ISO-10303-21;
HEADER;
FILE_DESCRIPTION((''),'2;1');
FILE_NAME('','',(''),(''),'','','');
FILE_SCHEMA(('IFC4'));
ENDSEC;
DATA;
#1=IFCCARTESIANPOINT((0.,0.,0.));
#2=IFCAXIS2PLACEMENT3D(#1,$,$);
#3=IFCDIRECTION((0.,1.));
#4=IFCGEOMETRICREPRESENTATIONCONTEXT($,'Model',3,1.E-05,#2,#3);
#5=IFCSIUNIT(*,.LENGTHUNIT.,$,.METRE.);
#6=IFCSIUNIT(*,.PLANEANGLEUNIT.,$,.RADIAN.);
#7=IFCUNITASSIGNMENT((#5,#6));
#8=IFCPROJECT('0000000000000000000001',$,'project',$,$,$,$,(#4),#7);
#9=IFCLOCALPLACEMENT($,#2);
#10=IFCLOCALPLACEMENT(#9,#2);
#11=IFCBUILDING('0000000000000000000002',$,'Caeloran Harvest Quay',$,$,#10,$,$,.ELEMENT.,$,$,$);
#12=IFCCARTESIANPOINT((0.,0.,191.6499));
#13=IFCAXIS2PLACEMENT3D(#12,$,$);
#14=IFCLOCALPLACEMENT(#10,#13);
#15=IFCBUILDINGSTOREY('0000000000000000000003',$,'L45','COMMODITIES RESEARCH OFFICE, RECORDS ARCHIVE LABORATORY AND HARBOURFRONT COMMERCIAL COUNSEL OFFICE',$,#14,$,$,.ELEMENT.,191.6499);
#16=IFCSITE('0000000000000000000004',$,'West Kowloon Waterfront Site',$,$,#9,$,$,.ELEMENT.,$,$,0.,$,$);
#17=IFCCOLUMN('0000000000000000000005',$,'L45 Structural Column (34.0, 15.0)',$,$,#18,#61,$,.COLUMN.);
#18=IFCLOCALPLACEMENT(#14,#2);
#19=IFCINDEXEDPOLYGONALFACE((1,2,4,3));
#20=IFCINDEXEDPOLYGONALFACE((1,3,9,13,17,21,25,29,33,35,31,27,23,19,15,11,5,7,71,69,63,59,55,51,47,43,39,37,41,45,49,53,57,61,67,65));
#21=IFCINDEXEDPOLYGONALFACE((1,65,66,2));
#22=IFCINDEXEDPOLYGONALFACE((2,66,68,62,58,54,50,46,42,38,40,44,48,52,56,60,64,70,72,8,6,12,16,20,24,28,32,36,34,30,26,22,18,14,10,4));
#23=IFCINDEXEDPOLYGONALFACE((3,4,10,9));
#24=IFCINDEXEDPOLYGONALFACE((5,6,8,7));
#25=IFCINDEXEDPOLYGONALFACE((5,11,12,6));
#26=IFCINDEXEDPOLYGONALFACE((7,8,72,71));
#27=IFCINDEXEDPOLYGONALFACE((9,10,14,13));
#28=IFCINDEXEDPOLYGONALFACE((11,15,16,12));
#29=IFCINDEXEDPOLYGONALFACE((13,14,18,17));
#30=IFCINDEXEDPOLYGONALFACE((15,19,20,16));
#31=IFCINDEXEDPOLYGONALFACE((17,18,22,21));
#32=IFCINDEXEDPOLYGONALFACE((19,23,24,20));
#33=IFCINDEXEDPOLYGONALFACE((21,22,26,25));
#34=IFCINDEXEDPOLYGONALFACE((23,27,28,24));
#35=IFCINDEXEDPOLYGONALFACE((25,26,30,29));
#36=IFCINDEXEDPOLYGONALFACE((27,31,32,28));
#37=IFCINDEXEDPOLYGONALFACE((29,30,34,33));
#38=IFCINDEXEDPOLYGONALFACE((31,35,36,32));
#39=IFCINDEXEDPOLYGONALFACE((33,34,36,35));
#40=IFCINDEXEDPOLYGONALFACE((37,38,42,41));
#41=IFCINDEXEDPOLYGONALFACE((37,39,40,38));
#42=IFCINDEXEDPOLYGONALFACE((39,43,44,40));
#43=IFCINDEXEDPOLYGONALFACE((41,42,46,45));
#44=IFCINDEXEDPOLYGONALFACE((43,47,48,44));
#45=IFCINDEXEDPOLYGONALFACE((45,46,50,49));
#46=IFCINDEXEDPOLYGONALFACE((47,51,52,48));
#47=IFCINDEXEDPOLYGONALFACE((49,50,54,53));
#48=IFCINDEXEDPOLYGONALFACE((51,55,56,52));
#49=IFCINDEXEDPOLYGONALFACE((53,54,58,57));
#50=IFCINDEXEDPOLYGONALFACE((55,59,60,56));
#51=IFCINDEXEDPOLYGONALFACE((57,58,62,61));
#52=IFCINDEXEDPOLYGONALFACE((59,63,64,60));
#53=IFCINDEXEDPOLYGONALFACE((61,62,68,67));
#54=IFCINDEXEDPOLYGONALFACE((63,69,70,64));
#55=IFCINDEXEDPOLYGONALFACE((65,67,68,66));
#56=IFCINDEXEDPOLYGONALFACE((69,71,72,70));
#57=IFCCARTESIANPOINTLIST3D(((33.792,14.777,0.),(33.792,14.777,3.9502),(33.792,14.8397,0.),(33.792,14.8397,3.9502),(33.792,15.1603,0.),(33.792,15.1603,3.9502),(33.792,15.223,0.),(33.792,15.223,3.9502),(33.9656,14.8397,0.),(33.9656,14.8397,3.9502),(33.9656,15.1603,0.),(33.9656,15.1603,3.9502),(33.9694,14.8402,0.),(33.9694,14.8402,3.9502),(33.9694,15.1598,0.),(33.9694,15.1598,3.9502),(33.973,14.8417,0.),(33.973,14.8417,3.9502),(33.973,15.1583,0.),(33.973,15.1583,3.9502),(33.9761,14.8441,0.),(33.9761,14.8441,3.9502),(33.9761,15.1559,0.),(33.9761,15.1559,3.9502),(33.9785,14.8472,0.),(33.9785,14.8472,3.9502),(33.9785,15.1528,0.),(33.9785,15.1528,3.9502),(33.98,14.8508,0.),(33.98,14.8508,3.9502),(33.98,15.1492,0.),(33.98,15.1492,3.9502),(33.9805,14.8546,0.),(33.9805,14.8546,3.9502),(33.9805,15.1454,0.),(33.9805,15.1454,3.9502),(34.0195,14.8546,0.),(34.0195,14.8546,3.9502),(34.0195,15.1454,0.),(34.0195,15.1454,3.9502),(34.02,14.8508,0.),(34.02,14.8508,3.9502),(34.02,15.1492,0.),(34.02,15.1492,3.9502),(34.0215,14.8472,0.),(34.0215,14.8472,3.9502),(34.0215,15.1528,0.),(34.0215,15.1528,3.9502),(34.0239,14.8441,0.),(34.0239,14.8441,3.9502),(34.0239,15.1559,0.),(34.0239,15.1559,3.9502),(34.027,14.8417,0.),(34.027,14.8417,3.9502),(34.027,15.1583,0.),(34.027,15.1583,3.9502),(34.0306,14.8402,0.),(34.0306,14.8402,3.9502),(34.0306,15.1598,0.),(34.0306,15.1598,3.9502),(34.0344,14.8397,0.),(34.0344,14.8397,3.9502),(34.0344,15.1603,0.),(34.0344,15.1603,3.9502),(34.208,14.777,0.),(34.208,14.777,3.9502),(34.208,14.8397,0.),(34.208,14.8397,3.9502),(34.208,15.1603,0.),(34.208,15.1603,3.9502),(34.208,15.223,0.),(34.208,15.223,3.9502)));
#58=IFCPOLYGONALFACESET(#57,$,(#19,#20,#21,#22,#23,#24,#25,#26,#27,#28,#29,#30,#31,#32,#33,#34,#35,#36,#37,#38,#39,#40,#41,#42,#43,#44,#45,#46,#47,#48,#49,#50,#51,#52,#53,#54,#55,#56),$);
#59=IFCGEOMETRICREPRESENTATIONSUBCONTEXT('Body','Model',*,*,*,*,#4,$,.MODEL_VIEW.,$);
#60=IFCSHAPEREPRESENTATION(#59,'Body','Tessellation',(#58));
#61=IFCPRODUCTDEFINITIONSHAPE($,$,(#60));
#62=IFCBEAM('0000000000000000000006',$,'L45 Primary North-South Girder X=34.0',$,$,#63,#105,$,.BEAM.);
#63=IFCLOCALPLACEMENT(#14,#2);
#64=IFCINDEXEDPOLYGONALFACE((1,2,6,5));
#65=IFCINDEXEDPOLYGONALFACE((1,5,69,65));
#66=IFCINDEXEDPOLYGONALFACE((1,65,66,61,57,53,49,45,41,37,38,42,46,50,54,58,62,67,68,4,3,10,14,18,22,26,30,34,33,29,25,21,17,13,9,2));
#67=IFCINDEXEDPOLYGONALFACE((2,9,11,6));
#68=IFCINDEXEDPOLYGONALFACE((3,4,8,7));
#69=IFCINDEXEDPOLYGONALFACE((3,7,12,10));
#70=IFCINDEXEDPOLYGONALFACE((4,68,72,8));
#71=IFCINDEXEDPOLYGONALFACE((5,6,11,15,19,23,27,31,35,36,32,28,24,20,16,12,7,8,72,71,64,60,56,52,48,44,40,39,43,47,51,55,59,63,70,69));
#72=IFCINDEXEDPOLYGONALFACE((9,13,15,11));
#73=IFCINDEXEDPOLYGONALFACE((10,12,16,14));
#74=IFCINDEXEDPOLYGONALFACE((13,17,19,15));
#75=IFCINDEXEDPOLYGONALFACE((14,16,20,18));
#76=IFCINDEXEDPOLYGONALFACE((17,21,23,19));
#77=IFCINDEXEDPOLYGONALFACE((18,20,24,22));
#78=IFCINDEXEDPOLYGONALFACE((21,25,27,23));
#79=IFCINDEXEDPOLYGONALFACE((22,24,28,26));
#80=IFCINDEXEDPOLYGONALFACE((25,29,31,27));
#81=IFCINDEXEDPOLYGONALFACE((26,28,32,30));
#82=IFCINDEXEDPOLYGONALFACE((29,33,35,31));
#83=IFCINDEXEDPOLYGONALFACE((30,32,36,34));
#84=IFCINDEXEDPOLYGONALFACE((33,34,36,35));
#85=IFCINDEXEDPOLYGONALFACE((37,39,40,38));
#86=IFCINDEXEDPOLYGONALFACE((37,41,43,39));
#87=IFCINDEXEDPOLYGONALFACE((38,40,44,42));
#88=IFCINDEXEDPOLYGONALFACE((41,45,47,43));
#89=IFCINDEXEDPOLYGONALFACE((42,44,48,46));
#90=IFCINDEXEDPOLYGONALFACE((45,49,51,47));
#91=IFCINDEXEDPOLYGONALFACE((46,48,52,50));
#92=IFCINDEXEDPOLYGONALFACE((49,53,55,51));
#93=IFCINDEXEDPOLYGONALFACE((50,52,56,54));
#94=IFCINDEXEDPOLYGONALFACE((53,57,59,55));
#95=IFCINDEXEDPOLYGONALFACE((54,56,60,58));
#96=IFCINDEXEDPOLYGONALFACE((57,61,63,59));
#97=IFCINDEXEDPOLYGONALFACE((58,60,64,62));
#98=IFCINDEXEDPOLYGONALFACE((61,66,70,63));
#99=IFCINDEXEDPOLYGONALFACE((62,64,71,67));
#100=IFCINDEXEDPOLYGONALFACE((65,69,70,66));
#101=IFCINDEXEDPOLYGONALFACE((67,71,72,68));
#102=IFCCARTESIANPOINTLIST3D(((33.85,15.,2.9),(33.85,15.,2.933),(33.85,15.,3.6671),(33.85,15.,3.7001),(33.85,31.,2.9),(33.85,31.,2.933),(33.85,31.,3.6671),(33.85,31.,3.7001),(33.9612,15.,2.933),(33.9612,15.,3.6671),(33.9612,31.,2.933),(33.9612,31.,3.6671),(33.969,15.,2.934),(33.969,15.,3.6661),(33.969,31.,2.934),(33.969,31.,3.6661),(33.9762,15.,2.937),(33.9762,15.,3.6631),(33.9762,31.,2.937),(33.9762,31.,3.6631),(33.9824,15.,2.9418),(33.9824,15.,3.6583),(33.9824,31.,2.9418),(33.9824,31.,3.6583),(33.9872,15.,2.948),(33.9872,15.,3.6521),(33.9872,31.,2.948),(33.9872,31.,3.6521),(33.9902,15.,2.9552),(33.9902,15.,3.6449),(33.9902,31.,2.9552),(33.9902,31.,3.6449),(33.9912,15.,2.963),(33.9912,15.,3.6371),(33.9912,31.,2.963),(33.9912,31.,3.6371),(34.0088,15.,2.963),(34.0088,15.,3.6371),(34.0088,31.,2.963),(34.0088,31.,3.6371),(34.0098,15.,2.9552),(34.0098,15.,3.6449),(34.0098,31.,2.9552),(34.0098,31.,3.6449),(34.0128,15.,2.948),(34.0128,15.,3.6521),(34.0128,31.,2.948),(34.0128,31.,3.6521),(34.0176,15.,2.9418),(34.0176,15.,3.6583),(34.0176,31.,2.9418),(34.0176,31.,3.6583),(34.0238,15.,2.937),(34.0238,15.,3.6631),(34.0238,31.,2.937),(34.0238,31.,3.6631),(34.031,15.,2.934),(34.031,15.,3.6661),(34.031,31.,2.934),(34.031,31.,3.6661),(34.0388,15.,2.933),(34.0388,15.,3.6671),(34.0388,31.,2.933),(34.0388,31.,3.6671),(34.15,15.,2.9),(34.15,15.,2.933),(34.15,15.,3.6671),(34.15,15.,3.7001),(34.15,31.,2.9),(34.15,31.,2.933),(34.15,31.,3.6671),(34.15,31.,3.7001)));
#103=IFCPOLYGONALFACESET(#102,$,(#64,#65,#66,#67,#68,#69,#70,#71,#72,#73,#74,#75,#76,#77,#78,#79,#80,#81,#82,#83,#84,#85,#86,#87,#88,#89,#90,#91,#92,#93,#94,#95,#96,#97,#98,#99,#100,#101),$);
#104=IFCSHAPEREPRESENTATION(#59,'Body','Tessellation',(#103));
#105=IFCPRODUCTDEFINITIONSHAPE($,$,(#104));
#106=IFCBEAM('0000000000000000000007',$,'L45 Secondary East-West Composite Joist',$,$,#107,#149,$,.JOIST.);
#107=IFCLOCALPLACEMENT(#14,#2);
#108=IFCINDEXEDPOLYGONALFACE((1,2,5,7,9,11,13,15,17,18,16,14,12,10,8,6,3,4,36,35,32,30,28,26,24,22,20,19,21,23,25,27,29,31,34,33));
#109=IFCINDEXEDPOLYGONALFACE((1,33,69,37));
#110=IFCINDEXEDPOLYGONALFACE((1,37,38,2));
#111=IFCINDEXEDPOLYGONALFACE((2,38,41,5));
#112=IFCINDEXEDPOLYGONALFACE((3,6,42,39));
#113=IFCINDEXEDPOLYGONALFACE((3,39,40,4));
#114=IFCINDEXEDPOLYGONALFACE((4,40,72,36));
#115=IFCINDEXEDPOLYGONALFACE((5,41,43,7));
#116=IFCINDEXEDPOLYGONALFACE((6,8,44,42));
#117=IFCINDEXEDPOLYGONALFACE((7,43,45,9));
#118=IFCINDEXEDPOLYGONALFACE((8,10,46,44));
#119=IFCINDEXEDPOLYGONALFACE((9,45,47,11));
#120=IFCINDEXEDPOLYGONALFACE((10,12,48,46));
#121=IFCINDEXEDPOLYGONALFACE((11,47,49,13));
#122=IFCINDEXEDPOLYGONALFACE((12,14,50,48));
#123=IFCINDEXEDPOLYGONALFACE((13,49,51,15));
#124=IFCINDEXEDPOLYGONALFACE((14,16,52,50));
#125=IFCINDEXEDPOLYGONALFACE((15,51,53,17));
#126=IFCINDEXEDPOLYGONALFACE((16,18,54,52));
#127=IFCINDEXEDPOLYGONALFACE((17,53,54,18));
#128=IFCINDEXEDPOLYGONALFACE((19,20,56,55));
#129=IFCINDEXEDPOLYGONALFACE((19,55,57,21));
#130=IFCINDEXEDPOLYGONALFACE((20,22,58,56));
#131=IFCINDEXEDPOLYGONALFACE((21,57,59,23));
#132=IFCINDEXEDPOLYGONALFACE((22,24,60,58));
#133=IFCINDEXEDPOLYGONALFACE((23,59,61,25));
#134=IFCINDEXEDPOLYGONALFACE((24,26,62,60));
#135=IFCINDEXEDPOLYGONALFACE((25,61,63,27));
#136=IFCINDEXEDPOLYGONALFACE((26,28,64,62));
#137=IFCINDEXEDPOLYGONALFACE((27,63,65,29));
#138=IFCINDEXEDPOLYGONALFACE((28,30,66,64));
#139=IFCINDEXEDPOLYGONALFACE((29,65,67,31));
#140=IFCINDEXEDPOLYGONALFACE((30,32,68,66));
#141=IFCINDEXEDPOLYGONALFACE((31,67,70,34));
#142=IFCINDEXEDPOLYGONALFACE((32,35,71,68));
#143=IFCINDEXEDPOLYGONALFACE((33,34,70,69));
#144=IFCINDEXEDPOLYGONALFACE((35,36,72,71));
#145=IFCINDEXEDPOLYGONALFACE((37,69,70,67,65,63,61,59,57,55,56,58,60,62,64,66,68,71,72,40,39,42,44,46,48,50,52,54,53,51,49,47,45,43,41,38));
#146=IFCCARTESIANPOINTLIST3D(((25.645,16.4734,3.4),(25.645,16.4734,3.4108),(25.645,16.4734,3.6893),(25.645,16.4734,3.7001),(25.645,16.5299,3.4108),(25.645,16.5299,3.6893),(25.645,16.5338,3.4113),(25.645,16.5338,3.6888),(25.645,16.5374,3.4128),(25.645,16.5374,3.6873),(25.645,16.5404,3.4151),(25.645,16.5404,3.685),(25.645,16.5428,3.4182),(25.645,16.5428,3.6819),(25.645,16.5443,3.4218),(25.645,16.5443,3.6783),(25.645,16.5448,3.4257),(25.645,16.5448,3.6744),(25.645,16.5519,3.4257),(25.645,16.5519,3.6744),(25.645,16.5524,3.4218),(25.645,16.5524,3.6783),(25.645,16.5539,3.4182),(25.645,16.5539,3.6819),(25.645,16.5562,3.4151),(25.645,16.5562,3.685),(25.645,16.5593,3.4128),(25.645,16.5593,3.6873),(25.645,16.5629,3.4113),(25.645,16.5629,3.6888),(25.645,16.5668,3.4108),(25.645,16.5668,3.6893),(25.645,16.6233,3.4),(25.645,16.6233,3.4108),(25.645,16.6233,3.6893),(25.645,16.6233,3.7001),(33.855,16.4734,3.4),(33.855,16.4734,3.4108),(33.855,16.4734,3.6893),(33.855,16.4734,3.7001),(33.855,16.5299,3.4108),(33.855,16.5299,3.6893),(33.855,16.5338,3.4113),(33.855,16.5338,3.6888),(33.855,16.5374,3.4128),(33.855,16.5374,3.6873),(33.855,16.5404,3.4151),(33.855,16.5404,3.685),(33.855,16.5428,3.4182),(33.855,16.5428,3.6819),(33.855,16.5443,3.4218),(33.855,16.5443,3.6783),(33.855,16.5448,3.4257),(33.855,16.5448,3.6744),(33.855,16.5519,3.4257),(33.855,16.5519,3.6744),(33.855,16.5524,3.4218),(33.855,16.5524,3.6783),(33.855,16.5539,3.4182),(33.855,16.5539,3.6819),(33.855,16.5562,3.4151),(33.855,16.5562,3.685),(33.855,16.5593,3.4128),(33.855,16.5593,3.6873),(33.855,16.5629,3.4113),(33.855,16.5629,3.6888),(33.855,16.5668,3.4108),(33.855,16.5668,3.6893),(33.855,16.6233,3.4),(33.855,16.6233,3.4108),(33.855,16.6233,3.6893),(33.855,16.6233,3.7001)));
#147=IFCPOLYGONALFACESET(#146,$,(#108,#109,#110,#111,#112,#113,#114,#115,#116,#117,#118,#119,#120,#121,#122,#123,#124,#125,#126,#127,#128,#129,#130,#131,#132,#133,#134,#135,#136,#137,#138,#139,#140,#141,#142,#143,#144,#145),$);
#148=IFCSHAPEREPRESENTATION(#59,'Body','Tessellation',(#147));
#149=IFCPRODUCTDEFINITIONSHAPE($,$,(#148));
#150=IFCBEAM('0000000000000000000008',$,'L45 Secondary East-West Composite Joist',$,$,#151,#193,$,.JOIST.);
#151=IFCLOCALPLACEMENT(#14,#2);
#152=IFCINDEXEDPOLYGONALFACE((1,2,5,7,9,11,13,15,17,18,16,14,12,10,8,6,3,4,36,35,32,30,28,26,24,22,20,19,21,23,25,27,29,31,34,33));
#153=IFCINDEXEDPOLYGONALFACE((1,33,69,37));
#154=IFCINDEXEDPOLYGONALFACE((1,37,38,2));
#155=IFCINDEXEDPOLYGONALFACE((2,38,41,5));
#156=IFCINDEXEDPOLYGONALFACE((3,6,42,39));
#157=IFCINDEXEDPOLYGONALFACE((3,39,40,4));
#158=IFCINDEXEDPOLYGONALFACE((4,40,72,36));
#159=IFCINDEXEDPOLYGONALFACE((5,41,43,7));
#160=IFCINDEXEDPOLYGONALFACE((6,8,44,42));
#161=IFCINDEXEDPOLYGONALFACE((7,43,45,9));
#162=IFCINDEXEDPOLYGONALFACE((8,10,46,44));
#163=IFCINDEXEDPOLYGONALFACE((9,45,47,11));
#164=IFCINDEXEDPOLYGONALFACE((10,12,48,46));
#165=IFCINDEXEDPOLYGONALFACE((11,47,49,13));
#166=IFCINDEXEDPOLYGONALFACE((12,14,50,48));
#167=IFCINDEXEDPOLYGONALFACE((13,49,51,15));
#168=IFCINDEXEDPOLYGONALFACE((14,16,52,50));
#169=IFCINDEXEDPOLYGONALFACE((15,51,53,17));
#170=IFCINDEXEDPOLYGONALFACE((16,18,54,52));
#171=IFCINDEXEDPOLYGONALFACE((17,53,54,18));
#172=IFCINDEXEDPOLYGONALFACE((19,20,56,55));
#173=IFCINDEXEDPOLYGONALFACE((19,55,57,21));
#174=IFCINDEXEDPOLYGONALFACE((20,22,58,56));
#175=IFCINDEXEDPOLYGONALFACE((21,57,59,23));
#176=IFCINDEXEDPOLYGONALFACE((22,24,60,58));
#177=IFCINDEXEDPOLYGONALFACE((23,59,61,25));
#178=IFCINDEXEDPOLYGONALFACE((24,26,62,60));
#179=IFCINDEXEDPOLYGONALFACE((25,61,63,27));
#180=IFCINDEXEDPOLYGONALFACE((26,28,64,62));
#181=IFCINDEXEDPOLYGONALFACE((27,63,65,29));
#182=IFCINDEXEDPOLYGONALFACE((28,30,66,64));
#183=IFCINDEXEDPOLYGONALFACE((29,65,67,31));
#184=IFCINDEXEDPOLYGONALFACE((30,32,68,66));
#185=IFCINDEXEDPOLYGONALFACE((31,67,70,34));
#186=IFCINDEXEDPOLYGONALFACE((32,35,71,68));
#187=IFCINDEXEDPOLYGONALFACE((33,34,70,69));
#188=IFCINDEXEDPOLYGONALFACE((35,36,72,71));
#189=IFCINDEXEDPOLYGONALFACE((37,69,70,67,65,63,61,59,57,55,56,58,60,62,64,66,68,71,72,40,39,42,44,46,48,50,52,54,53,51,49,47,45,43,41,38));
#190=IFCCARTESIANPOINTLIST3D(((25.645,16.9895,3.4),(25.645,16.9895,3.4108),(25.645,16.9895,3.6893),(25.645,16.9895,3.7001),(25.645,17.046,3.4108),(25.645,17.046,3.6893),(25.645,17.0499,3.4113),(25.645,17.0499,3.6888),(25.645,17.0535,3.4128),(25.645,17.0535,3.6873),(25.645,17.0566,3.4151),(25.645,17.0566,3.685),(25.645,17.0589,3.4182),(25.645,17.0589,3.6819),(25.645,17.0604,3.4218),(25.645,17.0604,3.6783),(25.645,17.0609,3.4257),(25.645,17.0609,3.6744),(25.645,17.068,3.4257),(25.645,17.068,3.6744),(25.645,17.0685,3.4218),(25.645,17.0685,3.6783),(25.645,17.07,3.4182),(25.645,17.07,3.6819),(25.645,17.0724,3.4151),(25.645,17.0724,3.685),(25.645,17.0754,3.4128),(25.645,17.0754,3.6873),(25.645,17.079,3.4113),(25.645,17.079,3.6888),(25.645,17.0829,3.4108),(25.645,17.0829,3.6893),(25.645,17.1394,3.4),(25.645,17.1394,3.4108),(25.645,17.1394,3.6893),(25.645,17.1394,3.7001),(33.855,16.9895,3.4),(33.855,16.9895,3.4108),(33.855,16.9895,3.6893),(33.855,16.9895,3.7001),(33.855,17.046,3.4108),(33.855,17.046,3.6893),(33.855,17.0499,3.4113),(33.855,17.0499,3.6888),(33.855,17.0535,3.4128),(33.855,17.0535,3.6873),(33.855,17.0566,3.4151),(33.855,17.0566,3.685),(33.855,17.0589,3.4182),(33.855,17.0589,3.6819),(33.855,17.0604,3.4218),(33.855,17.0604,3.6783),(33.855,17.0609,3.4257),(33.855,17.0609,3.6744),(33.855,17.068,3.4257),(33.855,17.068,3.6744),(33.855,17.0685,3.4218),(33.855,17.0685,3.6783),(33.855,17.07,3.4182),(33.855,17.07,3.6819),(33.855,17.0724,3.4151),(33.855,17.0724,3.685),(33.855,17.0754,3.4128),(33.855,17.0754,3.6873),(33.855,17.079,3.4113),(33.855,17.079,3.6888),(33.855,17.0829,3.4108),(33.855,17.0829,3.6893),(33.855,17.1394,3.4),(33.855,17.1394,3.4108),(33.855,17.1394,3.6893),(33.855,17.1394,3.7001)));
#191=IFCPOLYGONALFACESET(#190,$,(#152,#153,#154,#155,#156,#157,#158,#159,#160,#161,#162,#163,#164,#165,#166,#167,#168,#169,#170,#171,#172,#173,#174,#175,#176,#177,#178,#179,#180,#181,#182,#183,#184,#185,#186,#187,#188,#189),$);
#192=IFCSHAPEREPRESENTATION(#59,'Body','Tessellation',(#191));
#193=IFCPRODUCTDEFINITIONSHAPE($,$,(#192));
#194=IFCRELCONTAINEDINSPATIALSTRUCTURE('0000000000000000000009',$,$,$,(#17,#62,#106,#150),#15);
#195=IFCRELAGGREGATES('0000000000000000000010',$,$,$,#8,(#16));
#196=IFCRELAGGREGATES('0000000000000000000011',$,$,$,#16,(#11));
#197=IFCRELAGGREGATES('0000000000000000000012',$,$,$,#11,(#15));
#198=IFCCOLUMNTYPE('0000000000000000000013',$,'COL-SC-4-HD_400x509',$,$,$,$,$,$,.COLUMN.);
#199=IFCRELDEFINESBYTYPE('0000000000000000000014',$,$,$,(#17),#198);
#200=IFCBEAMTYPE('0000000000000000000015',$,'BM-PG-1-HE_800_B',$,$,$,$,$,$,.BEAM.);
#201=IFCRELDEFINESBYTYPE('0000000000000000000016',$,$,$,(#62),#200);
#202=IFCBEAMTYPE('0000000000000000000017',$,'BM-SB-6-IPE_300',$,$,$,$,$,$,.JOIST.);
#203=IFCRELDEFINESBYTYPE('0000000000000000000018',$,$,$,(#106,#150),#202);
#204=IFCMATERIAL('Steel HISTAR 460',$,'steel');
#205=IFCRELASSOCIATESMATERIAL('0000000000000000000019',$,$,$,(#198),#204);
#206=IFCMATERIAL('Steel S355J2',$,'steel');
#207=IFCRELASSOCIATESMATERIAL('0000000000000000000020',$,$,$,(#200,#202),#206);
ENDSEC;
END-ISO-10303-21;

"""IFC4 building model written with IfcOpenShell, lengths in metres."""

from ifc_helpers import new_model, si_unit, direction, frame, origin, origin_2d, place, context, subcontext, project, spatial, i_section, extrude, material, material_profile, profile_set, type_object, element, save


model = new_model("IFC4")

# Units and contexts
model_context = context("Model", 3, precision=1e-05, world=origin(), true_north=direction((0.0, 1.0)))
body_context = subcontext(model_context, "Body", "Model", "MODEL_VIEW")
ifc_project = project(units=[si_unit("LENGTHUNIT", "METRE"), si_unit("PLANEANGLEUNIT", "RADIAN")], contexts=[model_context])

# Site, building, storey
site_placement = place(None, origin())
site = spatial("IfcSite", under=ifc_project, at=site_placement, Name="West Kowloon Waterfront Site", CompositionType="ELEMENT", RefElevation=0.0)
building_placement = place(site_placement, origin())
building = spatial("IfcBuilding", under=site, at=building_placement, Name="Caeloran Harvest Quay", CompositionType="ELEMENT")
storey_placement = place(building_placement, frame((0.0, 0.0, 191.6499)))
storey = spatial("IfcBuildingStorey", under=building, at=storey_placement, Name="L45", Description="COMMODITIES RESEARCH OFFICE, RECORDS ARCHIVE LABORATORY AND HARBOURFRONT COMMERCIAL COUNSEL OFFICE", CompositionType="ELEMENT", Elevation=191.6499)

# Column
ifc_material_1 = material(Name="Steel HISTAR 460", Category="steel")
ifc_material_profile_1 = material_profile(ifc_material_1, i_section(OverallWidth=0.416, OverallDepth=0.446, WebThickness=0.0391, FlangeThickness=0.0627, FilletRadius=0.0149, at=origin_2d()), Name="HD 400x509")
ifc_profile_set_1 = profile_set([ifc_material_profile_1], Name="Steel HISTAR 460")
column_type = type_object("IfcColumnType", Name="COL-SC-4-HD_400x509", PredefinedType="COLUMN", material=ifc_profile_set_1)
column_placement = place(storey_placement, frame((34.0, 15.0, 0.0), z_axis=(0.0, 0.0, 1.0), x_axis=(1.0, 0.0, 0.0)))
element("IfcColumn", 1, at=column_placement, inside=storey, type_object=column_type, Name="L45 Structural Column (34.0, 15.0)", PredefinedType="COLUMN", context=body_context, shape_type="SweptSolid", body=[
    extrude(i_section(OverallWidth=0.416, OverallDepth=0.446, WebThickness=0.0391, FlangeThickness=0.0627, FilletRadius=0.0149, at=origin_2d()), origin(), (0.0, 0.0, 1.0), 3.9502),
])

# Beams
ifc_material_2 = material(Name="Steel S355J2", Category="steel")
ifc_material_profile_2 = material_profile(ifc_material_2, i_section(OverallWidth=0.3, OverallDepth=0.8, WebThickness=0.0176, FlangeThickness=0.033, FilletRadius=0.03, at=origin_2d()), Name="HE 800 B")
ifc_profile_set_2 = profile_set([ifc_material_profile_2], Name="Steel S355J2")
beam_type_1 = type_object("IfcBeamType", Name="BM-PG-1-HE_800_B", PredefinedType="BEAM", material=ifc_profile_set_2)
beam_placement = place(storey_placement, frame((34.0, 15.0, 3.3), z_axis=(0.0, 1.0, 0.0), x_axis=(-1.0, 0.0, 0.0)))
element("IfcBeam", 2, at=beam_placement, inside=storey, type_object=beam_type_1, Name="L45 Primary North-South Girder X=34.0", PredefinedType="BEAM", context=body_context, shape_type="SweptSolid", body=[
    extrude(i_section(OverallWidth=0.3, OverallDepth=0.8, WebThickness=0.0176, FlangeThickness=0.033, FilletRadius=0.03, at=origin_2d()), origin(), (0.0, 0.0, 1.0), 16.0),
])
ifc_material_profile_3 = material_profile(ifc_material_2, i_section(OverallWidth=0.1499, OverallDepth=0.3, WebThickness=0.0071, FlangeThickness=0.0107, FilletRadius=0.0149, at=origin_2d()), Name="IPE 300")
ifc_profile_set_3 = profile_set([ifc_material_profile_3], Name="Steel S355J2")
beam_type_2 = type_object("IfcBeamType", Name="BM-SB-6-IPE_300", PredefinedType="JOIST", material=ifc_profile_set_3)
for number, where, z_axis, x_axis, name in (
    (3, (25.645, 16.5483, 3.55), (1.0, 0.0, 0.0), (0.0, 1.0, 0.0), "L45 Secondary East-West Composite Joist"),
    (4, (25.645, 17.0645, 3.55), (1.0, 0.0, 0.0), (0.0, 1.0, 0.0), "L45 Secondary East-West Composite Joist"),
):
    element("IfcBeam", number, at=place(storey_placement, frame(where, z_axis=z_axis, x_axis=x_axis)), inside=storey, type_object=beam_type_2, Name=name, PredefinedType="JOIST", context=body_context, shape_type="SweptSolid", body=[
        extrude(i_section(OverallWidth=0.1499, OverallDepth=0.3, WebThickness=0.0071, FlangeThickness=0.0107, FilletRadius=0.0149, at=origin_2d()), origin(), (0.0, 0.0, 1.0), 8.21),
    ])

save(model, "model.ifc")
